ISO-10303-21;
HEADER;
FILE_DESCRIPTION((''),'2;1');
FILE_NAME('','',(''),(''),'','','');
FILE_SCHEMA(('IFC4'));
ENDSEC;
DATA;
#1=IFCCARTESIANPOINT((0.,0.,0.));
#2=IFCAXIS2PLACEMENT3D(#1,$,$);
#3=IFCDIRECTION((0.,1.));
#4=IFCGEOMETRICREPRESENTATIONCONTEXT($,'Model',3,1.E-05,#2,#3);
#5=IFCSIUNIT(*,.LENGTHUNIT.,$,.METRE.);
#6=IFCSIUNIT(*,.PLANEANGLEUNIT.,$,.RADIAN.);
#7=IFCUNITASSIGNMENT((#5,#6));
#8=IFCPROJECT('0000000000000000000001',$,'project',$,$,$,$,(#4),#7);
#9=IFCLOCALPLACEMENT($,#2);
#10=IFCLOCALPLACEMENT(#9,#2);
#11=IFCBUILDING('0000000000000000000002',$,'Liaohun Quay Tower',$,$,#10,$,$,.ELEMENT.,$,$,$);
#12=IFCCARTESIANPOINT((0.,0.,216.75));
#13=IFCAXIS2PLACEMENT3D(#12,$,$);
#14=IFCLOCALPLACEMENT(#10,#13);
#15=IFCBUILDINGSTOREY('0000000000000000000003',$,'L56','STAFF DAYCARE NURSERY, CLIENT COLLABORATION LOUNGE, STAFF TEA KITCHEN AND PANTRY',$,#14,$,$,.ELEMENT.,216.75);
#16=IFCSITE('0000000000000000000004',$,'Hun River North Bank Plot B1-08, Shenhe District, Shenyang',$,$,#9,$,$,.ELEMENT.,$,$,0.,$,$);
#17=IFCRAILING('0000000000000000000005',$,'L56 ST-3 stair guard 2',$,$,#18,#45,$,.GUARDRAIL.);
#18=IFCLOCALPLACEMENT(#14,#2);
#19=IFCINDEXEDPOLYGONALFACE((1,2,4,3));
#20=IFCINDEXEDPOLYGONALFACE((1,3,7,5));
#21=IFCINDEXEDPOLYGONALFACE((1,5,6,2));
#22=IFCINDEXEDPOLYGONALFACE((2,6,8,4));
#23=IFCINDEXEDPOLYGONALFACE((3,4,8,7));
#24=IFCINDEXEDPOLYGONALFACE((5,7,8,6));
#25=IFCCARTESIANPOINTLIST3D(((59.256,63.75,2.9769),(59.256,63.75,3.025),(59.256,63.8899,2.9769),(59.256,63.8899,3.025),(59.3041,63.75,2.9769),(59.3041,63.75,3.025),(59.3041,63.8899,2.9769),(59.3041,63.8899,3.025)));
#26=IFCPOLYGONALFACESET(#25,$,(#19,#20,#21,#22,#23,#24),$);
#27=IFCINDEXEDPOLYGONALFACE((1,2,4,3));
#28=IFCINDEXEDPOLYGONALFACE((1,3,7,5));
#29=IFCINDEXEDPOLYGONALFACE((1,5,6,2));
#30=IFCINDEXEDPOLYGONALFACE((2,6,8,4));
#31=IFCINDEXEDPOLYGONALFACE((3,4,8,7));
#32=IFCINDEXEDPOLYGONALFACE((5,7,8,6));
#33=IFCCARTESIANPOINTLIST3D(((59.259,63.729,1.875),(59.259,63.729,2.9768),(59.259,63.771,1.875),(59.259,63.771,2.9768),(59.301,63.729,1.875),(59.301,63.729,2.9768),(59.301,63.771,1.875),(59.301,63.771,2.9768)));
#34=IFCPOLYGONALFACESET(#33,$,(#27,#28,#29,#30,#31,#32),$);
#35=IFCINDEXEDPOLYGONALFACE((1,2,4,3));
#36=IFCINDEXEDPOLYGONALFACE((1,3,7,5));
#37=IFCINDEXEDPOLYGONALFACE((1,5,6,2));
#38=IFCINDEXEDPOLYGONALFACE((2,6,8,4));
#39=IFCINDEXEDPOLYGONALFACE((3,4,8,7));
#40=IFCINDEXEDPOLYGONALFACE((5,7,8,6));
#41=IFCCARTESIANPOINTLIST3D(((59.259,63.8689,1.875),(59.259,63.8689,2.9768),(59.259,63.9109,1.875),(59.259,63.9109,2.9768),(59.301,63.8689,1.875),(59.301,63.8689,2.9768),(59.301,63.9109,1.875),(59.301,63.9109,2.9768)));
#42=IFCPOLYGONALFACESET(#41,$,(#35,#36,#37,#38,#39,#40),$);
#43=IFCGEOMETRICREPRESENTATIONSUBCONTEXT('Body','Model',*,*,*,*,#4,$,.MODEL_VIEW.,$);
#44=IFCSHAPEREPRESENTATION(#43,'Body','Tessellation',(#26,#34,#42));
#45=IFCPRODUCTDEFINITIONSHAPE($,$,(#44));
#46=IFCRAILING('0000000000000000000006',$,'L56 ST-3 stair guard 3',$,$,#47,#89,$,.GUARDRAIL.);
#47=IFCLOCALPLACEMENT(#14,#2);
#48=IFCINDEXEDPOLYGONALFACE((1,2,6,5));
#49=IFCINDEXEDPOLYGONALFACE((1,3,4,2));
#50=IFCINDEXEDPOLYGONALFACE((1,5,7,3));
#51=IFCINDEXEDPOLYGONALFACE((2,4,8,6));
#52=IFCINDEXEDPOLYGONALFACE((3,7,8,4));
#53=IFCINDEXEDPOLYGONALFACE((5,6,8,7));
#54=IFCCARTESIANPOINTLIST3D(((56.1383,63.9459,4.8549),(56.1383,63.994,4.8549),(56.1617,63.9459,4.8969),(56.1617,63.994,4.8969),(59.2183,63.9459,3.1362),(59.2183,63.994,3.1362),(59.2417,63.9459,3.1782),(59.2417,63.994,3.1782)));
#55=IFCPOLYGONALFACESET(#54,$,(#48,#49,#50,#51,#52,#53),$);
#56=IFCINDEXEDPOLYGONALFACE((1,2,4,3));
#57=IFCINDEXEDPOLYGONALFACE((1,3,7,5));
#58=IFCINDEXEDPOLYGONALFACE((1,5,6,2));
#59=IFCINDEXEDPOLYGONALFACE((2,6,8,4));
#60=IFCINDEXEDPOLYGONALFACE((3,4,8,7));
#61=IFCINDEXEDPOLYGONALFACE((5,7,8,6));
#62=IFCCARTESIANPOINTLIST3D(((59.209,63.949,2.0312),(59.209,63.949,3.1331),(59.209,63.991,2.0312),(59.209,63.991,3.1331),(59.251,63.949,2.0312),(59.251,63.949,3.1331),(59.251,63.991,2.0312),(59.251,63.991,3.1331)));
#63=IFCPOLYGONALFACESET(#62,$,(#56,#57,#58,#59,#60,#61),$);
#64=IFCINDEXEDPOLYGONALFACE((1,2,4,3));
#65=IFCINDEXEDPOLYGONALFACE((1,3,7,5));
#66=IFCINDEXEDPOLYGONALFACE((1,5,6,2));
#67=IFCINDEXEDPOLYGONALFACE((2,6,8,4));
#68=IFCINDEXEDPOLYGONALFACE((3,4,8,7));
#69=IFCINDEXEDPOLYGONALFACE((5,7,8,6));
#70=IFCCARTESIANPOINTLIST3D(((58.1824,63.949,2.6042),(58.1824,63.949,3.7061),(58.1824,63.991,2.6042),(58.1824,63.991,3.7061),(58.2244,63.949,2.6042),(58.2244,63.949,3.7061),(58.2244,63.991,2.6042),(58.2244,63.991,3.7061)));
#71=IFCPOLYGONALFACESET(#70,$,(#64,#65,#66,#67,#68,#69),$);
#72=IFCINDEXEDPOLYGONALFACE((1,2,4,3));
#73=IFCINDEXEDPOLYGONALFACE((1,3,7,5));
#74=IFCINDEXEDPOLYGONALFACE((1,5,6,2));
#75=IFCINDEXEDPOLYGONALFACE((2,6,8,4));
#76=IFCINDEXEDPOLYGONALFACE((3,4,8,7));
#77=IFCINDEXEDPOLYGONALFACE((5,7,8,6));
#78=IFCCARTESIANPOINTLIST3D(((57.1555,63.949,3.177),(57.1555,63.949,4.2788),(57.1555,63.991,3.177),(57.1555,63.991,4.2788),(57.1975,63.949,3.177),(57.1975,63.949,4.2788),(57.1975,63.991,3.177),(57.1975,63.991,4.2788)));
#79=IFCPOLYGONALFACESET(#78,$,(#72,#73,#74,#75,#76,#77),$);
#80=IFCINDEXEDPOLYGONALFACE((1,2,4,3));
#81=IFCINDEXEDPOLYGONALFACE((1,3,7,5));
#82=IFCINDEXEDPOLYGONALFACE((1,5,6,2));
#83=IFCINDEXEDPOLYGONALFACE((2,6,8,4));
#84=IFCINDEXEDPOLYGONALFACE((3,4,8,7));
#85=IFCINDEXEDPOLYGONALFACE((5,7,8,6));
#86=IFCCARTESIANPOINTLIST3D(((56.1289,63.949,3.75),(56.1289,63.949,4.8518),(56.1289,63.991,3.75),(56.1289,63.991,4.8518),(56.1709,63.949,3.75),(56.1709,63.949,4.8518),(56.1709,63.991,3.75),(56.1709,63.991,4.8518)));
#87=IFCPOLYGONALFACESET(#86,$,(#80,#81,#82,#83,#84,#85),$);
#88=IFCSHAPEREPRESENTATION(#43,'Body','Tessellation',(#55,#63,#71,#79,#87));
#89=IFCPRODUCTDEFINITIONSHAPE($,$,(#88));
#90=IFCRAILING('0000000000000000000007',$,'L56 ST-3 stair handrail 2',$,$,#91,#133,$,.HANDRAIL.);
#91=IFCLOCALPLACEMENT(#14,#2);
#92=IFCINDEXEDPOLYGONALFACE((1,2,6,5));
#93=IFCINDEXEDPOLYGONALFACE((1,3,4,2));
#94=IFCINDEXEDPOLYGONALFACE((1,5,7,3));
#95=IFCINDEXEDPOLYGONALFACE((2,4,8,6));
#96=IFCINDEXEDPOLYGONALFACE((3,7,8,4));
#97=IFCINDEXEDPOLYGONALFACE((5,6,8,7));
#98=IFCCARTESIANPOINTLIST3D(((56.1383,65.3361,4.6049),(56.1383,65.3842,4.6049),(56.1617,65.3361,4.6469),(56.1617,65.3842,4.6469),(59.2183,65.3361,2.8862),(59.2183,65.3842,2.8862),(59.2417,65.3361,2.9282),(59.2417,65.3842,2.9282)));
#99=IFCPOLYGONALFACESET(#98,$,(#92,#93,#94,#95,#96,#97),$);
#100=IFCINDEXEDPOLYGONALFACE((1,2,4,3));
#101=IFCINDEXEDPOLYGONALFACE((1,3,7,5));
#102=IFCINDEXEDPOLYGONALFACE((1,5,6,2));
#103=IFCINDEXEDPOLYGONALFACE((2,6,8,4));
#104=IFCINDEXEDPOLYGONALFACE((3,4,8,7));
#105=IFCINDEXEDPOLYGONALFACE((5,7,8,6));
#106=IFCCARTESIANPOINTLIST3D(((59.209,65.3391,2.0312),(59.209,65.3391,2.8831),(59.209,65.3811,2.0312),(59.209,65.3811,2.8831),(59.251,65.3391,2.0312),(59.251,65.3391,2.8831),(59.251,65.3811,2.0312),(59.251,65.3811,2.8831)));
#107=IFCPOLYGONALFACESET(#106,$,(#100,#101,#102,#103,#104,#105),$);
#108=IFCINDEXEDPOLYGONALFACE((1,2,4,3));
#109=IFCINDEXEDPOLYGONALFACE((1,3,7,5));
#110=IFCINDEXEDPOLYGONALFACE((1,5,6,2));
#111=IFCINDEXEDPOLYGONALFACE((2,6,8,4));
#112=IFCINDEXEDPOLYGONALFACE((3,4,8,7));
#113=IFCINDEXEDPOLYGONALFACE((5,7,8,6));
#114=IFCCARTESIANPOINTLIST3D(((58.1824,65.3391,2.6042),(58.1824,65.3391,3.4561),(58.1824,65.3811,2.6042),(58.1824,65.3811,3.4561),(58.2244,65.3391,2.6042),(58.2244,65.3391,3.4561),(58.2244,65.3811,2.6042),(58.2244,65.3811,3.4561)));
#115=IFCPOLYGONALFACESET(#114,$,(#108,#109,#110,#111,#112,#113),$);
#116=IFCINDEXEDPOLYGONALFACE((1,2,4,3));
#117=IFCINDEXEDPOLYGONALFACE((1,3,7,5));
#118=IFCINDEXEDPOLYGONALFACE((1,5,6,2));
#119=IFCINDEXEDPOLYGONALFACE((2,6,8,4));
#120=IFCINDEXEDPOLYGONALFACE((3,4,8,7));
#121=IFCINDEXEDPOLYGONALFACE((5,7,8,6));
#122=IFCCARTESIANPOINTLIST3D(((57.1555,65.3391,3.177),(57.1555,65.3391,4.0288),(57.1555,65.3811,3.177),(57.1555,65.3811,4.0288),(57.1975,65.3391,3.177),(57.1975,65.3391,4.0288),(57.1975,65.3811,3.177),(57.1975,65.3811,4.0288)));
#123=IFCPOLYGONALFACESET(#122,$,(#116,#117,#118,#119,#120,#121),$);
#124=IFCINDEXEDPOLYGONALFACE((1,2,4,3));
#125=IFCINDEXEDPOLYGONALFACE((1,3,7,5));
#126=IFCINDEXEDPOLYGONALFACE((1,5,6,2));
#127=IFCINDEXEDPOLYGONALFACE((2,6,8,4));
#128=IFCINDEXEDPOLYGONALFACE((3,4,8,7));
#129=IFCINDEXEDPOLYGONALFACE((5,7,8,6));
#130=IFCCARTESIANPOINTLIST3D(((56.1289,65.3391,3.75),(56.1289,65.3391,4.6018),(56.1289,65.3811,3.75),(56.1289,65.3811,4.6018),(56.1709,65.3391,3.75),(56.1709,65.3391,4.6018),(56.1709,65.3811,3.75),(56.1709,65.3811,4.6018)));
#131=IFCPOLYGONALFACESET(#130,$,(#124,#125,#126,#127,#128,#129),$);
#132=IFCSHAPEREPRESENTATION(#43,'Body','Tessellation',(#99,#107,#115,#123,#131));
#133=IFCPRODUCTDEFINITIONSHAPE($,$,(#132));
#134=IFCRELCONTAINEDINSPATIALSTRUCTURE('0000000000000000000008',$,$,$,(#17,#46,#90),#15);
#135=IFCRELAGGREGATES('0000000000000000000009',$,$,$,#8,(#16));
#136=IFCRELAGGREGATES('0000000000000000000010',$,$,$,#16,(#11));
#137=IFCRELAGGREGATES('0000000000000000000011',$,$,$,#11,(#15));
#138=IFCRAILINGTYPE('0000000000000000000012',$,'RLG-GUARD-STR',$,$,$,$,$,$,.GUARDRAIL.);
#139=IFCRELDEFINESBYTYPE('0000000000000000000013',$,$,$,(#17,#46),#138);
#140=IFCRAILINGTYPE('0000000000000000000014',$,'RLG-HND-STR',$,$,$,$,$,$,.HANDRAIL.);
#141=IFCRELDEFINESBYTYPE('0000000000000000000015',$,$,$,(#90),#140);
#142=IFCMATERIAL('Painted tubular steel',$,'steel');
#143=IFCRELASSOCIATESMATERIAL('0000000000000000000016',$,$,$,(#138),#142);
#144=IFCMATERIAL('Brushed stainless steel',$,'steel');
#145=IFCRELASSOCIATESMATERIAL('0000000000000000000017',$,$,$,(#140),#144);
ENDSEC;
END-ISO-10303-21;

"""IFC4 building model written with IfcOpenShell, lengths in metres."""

from ifc_helpers import new_model, si_unit, direction, frame, origin, origin_2d, place, context, subcontext, project, spatial, rectangle, extrude, material, type_object, element, save


model = new_model("IFC4")

# Units and contexts
model_context = context("Model", 3, precision=1e-05, world=origin(), true_north=direction((0.0, 1.0)))
body_context = subcontext(model_context, "Body", "Model", "MODEL_VIEW")
ifc_project = project(units=[si_unit("LENGTHUNIT", "METRE"), si_unit("PLANEANGLEUNIT", "RADIAN")], contexts=[model_context])

# Site, building, storey
site_placement = place(None, origin())
site = spatial("IfcSite", under=ifc_project, at=site_placement, Name="Hun River North Bank Plot B1-08, Shenhe District, Shenyang", CompositionType="ELEMENT", RefElevation=0.0)
building_placement = place(site_placement, origin())
building = spatial("IfcBuilding", under=site, at=building_placement, Name="Liaohun Quay Tower", CompositionType="ELEMENT")
storey_placement = place(building_placement, frame((0.0, 0.0, 216.75)))
storey = spatial("IfcBuildingStorey", under=building, at=storey_placement, Name="L56", Description="STAFF DAYCARE NURSERY, CLIENT COLLABORATION LOUNGE, STAFF TEA KITCHEN AND PANTRY", CompositionType="ELEMENT", Elevation=216.75)

# Railings
ifc_material_1 = material(Name="Painted tubular steel", Category="steel")
railing_type_1 = type_object("IfcRailingType", Name="RLG-GUARD-STR", PredefinedType="GUARDRAIL", material=ifc_material_1)
railing_1_placement = place(storey_placement, frame((59.28, 63.75, 1.875)))
element("IfcRailing", 1, at=railing_1_placement, inside=storey, type_object=railing_type_1, Name="L56 ST-3 stair guard 2", PredefinedType="GUARDRAIL", context=body_context, shape_type="SweptSolid", body=[
    extrude(rectangle(XDim=0.0481, YDim=0.0481, at=origin_2d()), frame((0.0, 0.0, 1.126), z_axis=(0.0, 1.0, 0.0), x_axis=(-1.0, 0.0, 0.0)), (0.0, 0.0, 1.0), 0.1399),
    extrude(rectangle(XDim=0.042, YDim=0.042, at=origin_2d()), origin(), (0.0, 0.0, 1.0), 1.1018),
    extrude(rectangle(XDim=0.042, YDim=0.042, at=origin_2d()), frame((0.0, 0.1399, 0.0)), (0.0, 0.0, 1.0), 1.1018),
])
railing_2_placement = place(storey_placement, frame((59.23, 63.97, 2.0312)))
element("IfcRailing", 2, at=railing_2_placement, inside=storey, type_object=railing_type_1, Name="L56 ST-3 stair guard 3", PredefinedType="GUARDRAIL", context=body_context, shape_type="SweptSolid", body=[
    extrude(rectangle(XDim=0.0481, YDim=0.0481, at=origin_2d()), frame((0.0, 0.0, 1.126), z_axis=(-0.873242, 0.0, 0.487288), x_axis=(0.0, -1.0, 0.0)), (0.0, 0.0, 1.0), 3.5271),
    extrude(rectangle(XDim=0.042, YDim=0.042, at=origin_2d()), origin(), (0.0, 0.0, 1.0), 1.1018),
    extrude(rectangle(XDim=0.042, YDim=0.042, at=origin_2d()), frame((-1.0266, 0.0, 0.573)), (0.0, 0.0, 1.0), 1.1018),
    extrude(rectangle(XDim=0.042, YDim=0.042, at=origin_2d()), frame((-2.0535, 0.0, 1.1458)), (0.0, 0.0, 1.0), 1.1018),
    extrude(rectangle(XDim=0.042, YDim=0.042, at=origin_2d()), frame((-3.0801, 0.0, 1.7188)), (0.0, 0.0, 1.0), 1.1018),
])
ifc_material_2 = material(Name="Brushed stainless steel", Category="steel")
railing_type_2 = type_object("IfcRailingType", Name="RLG-HND-STR", PredefinedType="HANDRAIL", material=ifc_material_2)
railing_3_placement = place(storey_placement, frame((59.23, 65.3601, 2.0312)))
element("IfcRailing", 3, at=railing_3_placement, inside=storey, type_object=railing_type_2, Name="L56 ST-3 stair handrail 2", PredefinedType="HANDRAIL", context=body_context, shape_type="SweptSolid", body=[
    extrude(rectangle(XDim=0.0481, YDim=0.0481, at=origin_2d()), frame((0.0, 0.0, 0.876), z_axis=(-0.873242, 0.0, 0.487288), x_axis=(0.0, -1.0, 0.0)), (0.0, 0.0, 1.0), 3.5271),
    extrude(rectangle(XDim=0.042, YDim=0.042, at=origin_2d()), origin(), (0.0, 0.0, 1.0), 0.8518),
    extrude(rectangle(XDim=0.042, YDim=0.042, at=origin_2d()), frame((-1.0266, 0.0, 0.573)), (0.0, 0.0, 1.0), 0.8518),
    extrude(rectangle(XDim=0.042, YDim=0.042, at=origin_2d()), frame((-2.0535, 0.0, 1.1458)), (0.0, 0.0, 1.0), 0.8518),
    extrude(rectangle(XDim=0.042, YDim=0.042, at=origin_2d()), frame((-3.0801, 0.0, 1.7188)), (0.0, 0.0, 1.0), 0.8518),
])

save(model, "model.ifc")
